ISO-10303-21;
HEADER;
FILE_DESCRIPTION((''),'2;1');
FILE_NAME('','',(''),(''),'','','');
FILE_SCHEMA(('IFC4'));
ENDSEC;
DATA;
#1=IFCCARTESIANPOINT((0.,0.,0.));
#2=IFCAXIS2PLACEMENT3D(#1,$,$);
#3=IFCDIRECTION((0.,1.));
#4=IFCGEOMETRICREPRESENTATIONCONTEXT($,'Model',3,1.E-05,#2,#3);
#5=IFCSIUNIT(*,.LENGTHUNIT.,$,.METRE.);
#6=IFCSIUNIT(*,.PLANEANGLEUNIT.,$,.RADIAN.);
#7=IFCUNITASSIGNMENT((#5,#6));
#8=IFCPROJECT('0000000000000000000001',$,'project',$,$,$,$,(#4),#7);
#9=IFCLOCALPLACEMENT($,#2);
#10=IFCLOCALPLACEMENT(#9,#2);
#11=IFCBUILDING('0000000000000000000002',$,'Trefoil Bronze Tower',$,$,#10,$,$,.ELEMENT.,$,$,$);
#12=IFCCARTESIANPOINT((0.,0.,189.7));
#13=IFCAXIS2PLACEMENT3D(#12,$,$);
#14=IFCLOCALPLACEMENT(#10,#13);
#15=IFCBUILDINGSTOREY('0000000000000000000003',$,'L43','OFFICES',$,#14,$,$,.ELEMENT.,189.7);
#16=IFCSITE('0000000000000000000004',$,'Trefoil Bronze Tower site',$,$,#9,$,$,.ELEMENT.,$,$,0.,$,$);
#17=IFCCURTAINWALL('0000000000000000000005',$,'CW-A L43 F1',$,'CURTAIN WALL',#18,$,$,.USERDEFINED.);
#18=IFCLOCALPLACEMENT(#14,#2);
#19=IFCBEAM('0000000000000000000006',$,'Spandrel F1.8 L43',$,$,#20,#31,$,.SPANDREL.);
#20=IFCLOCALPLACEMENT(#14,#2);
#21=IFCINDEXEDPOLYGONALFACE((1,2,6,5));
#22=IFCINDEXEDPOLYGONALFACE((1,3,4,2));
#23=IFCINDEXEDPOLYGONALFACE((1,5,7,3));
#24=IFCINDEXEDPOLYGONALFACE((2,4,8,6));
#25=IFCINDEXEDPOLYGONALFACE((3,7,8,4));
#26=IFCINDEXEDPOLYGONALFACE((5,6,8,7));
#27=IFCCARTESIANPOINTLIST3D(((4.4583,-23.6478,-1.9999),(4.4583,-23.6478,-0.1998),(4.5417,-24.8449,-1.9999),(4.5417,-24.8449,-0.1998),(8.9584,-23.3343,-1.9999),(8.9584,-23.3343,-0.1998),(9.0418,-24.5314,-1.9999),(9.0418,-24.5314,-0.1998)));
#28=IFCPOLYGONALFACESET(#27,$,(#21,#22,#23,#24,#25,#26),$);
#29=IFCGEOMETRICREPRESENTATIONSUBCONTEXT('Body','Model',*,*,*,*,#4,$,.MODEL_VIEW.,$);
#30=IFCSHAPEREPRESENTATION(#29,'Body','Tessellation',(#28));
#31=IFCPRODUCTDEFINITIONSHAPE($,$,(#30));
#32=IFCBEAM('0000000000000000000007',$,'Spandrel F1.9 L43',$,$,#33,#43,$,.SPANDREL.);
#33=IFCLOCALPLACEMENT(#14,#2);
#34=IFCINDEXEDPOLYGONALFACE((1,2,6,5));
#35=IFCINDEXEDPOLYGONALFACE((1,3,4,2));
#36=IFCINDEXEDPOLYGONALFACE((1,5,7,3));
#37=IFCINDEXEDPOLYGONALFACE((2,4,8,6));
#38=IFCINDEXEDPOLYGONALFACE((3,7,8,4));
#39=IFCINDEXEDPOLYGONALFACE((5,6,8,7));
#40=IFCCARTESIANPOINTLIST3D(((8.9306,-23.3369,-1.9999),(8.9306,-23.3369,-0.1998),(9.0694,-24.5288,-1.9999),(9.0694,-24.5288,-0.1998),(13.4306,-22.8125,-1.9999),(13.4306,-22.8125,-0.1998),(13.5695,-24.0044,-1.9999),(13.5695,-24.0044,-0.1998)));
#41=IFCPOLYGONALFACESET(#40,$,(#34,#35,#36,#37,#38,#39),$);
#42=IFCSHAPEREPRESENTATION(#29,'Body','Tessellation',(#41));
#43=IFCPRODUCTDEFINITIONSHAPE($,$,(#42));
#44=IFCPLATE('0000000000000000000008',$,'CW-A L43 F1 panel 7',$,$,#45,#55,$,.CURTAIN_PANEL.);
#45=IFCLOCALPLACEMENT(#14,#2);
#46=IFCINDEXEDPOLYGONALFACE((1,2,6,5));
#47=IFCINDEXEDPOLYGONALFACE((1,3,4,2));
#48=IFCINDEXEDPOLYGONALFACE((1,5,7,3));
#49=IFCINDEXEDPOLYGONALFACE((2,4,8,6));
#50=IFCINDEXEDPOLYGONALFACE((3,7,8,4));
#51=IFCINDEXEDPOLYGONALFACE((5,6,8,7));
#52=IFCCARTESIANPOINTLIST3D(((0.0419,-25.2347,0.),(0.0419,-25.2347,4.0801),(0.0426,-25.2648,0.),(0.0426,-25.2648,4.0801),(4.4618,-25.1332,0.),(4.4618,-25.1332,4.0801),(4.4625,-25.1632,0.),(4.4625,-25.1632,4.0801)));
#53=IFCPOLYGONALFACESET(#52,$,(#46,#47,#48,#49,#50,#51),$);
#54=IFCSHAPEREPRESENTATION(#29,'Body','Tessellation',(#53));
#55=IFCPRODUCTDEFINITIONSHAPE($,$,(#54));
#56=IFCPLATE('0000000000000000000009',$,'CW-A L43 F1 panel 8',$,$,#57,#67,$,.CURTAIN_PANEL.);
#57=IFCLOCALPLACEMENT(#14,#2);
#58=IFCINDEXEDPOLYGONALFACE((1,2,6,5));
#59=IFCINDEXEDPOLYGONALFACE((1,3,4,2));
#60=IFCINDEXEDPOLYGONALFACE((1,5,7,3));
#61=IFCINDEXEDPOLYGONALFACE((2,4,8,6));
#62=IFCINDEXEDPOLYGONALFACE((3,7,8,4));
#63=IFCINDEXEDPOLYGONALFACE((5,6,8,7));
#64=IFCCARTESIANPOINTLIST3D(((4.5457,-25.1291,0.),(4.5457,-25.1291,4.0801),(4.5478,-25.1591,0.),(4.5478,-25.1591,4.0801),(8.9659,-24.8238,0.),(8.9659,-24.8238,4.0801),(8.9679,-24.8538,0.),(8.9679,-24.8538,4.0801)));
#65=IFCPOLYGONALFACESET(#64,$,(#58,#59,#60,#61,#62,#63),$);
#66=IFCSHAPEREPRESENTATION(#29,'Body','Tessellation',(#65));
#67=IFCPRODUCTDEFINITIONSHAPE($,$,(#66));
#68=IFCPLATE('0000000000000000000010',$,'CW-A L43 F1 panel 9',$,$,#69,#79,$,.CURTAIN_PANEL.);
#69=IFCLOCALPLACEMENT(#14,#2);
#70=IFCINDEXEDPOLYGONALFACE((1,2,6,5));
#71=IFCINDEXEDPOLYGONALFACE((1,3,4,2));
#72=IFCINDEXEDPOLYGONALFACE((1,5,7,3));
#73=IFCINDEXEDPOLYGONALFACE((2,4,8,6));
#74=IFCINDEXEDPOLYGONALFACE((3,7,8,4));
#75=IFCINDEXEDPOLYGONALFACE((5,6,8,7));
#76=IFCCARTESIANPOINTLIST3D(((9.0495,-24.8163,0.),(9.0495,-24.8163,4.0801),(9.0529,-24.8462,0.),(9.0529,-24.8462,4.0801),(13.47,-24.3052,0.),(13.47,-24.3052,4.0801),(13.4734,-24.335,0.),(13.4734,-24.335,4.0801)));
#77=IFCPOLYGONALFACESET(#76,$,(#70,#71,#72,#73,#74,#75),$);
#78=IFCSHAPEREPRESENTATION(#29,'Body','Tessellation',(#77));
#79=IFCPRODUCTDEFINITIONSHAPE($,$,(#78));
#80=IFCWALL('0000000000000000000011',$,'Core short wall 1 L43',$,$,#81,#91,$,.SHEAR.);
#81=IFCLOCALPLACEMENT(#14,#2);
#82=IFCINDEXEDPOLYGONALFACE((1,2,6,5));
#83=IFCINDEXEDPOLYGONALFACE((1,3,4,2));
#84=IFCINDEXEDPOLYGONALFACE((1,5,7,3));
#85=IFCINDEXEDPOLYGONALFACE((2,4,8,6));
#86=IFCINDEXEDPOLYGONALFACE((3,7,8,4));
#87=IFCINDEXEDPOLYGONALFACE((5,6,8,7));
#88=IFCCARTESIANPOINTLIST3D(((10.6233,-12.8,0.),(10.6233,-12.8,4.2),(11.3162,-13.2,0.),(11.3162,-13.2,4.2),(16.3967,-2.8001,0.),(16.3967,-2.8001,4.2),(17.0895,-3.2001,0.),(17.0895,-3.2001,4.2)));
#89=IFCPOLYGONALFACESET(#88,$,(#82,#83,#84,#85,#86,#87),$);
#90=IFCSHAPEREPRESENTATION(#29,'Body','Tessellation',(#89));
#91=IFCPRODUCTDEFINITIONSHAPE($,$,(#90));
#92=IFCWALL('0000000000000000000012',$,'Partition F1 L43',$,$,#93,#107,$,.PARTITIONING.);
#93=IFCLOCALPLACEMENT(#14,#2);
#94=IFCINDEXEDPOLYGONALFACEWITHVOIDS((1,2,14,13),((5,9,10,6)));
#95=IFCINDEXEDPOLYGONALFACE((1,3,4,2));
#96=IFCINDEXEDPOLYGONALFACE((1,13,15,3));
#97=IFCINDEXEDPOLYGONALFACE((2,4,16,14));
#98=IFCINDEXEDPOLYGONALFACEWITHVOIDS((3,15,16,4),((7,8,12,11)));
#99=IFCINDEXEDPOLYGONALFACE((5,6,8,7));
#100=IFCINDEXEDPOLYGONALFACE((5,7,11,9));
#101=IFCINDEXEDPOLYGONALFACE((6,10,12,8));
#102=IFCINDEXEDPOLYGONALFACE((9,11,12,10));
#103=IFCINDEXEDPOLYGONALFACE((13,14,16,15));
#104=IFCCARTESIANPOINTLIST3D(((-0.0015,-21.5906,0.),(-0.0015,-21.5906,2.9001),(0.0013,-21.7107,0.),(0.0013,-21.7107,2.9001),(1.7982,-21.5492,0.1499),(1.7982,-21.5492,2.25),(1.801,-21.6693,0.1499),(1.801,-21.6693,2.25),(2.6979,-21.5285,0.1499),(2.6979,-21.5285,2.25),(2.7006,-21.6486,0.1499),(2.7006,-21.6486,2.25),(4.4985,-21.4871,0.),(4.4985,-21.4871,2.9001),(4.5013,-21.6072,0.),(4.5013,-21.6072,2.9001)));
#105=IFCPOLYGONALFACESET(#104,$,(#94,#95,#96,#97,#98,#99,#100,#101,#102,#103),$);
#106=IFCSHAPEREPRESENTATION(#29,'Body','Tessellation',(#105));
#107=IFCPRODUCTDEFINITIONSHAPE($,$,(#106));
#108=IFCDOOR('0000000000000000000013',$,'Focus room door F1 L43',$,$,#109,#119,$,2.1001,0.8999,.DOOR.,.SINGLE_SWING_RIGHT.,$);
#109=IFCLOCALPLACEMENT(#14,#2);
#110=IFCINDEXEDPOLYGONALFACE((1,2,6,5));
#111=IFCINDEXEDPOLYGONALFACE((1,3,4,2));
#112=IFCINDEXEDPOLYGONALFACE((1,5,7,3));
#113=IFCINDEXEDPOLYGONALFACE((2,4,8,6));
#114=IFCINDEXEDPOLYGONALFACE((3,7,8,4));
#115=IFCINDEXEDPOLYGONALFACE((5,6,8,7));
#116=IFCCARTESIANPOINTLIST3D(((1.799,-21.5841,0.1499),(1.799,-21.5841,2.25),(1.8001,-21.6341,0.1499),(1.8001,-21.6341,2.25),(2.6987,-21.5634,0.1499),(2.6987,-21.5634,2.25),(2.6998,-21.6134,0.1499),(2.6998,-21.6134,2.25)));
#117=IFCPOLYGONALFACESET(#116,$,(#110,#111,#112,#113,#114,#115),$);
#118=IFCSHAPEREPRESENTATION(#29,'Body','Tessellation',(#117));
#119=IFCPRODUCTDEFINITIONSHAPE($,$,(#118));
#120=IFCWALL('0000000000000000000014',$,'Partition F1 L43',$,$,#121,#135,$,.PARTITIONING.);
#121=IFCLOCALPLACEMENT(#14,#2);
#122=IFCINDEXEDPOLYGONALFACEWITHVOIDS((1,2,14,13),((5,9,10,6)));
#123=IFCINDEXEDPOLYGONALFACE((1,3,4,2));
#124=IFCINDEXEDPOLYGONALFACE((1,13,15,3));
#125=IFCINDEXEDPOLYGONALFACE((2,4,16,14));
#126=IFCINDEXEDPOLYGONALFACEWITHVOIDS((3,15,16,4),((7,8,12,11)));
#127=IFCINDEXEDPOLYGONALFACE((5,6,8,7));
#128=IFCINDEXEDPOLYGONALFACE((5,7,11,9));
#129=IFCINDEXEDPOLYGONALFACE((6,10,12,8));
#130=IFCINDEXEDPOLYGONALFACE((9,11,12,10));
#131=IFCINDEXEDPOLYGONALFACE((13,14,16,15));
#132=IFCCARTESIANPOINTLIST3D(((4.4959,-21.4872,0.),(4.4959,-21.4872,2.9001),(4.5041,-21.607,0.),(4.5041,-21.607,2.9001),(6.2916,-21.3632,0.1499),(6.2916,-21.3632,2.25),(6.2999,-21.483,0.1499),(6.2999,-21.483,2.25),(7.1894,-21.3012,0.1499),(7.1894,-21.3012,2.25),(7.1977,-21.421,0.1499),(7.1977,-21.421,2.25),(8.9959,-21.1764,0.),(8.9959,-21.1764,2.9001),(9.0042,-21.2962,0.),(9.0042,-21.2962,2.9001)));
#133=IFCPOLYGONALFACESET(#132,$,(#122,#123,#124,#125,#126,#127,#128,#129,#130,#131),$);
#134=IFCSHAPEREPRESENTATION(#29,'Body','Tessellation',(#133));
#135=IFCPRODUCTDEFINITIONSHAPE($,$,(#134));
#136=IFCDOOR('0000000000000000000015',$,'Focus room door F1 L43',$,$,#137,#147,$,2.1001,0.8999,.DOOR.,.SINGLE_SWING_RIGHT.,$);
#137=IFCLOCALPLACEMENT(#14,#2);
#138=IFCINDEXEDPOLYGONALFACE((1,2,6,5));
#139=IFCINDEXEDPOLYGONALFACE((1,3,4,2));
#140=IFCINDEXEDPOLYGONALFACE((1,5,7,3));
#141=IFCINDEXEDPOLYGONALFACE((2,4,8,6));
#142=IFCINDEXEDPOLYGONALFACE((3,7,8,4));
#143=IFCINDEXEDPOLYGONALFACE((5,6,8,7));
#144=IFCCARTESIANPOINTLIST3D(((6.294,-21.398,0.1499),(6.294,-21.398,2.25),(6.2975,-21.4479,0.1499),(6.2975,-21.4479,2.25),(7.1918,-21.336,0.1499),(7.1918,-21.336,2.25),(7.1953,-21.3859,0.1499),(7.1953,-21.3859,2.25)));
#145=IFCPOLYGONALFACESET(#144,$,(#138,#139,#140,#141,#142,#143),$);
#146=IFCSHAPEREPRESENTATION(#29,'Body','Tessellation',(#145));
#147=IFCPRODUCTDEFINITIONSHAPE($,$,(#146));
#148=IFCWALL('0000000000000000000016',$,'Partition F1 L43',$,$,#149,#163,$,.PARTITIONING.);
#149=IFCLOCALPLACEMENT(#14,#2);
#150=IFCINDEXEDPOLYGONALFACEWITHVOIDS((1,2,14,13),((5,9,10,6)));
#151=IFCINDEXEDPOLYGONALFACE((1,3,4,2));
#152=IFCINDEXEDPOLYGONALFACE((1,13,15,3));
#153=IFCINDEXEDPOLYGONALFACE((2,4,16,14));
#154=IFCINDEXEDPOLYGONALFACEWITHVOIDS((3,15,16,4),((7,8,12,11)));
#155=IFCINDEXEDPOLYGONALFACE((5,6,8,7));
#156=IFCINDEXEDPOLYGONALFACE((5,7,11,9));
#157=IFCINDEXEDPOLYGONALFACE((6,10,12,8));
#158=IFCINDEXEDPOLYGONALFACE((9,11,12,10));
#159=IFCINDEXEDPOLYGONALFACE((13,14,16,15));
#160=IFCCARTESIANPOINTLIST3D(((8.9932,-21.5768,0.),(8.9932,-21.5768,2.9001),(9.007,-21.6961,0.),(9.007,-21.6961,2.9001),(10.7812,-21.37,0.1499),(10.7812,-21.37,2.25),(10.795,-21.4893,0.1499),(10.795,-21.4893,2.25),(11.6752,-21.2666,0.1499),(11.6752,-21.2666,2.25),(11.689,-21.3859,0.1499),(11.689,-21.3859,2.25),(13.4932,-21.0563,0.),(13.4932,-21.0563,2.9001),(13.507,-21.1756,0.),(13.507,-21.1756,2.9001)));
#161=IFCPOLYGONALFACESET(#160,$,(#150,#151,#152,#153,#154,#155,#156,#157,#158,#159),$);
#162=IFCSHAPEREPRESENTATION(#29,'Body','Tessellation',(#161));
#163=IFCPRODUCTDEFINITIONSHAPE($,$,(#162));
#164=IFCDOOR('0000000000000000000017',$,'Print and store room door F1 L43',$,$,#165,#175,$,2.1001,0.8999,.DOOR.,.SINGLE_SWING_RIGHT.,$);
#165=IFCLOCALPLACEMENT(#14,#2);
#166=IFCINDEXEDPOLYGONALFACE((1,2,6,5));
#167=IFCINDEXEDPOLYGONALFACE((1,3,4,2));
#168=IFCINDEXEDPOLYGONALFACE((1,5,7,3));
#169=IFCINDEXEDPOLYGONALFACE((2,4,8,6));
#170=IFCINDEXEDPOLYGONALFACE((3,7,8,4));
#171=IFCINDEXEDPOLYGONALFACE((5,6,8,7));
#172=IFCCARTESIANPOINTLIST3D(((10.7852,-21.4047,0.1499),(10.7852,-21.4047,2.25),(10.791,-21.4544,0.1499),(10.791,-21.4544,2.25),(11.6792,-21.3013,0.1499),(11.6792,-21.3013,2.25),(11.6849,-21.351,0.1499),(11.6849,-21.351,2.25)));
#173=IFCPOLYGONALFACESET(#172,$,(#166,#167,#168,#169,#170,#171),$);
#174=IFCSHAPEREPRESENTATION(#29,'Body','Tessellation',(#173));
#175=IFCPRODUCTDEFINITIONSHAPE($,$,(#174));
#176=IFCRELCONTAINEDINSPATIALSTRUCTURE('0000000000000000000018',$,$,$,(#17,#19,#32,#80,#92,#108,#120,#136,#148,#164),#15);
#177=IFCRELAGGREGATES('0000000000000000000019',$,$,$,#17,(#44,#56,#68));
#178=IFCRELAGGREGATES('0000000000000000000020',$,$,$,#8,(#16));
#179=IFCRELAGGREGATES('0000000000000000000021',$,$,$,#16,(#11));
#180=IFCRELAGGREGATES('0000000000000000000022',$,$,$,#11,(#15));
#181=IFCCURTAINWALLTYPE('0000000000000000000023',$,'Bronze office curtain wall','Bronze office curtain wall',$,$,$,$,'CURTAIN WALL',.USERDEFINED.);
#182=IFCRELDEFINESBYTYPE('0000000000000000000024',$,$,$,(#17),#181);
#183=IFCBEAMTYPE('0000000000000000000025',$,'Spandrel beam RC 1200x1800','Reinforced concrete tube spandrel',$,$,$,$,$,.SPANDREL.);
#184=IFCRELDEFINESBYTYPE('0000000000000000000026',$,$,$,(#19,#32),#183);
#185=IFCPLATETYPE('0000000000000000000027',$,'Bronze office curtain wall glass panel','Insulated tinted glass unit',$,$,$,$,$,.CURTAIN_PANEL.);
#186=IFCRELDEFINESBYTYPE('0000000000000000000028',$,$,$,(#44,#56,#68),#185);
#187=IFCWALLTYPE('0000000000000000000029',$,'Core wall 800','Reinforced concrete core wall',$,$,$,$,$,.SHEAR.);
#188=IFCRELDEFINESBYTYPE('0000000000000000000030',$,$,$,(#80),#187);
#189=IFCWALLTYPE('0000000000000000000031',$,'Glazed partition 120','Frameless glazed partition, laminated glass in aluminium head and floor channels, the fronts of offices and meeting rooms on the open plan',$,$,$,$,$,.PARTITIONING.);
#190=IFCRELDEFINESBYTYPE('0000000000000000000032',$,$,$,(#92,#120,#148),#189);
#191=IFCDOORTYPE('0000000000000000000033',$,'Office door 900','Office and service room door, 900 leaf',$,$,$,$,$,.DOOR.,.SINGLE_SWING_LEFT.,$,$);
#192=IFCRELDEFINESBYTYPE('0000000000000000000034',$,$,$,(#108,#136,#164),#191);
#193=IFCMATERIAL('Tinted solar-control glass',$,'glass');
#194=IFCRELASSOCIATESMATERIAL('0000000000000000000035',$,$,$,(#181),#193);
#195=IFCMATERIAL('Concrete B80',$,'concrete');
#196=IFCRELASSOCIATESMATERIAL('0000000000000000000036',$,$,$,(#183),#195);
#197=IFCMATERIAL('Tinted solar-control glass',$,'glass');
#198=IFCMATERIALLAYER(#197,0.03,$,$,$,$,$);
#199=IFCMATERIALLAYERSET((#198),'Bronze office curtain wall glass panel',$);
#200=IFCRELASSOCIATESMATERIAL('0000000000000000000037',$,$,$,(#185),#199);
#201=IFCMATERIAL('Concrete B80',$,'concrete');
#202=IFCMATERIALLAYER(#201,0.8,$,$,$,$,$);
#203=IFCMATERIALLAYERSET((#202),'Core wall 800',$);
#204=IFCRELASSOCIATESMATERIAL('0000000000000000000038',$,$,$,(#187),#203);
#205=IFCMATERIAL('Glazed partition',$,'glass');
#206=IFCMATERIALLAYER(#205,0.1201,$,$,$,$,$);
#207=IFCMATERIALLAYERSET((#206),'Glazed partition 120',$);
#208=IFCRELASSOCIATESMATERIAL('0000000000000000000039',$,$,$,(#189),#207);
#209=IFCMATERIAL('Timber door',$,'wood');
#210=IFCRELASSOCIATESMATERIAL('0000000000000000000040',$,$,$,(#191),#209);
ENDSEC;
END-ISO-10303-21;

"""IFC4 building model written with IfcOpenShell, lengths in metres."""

from ifc_helpers import new_model, si_unit, direction, frame, frame_2d, origin, origin_2d, place, context, subcontext, project, spatial, rectangle, extrude, material, layer, layer_set, material_profile, profile_set, type_object, element, fill, aggregate, save


model = new_model("IFC4")

# Units and contexts
model_context = context("Model", 3, precision=1e-05, world=origin(), true_north=direction((0.0, 1.0)))
body_context = subcontext(model_context, "Body", "Model", "MODEL_VIEW")
ifc_project = project(units=[si_unit("LENGTHUNIT", "METRE"), si_unit("PLANEANGLEUNIT", "RADIAN")], contexts=[model_context])

# Site, building, storey
site_placement = place(None, origin())
site = spatial("IfcSite", under=ifc_project, at=site_placement, Name="Trefoil Bronze Tower site", CompositionType="ELEMENT", RefElevation=0.0)
building_placement = place(site_placement, origin())
building = spatial("IfcBuilding", under=site, at=building_placement, Name="Trefoil Bronze Tower", CompositionType="ELEMENT")
storey_placement = place(building_placement, frame((0.0, 0.0, 189.7)))
storey = spatial("IfcBuildingStorey", under=building, at=storey_placement, Name="L43", Description="OFFICES", CompositionType="ELEMENT", Elevation=189.7)

# Curtain wall
ifc_material_1 = material(Name="Tinted solar-control glass", Category="glass")
curtain_wall_type = type_object("IfcCurtainWallType", Name="Bronze office curtain wall", Description="Bronze office curtain wall", ElementType="CURTAIN WALL", PredefinedType="USERDEFINED", material=ifc_material_1)
curtain_wall_placement = place(storey_placement, origin())
curtain_wall = element("IfcCurtainWall", 1, at=curtain_wall_placement, inside=storey, type_object=curtain_wall_type, Name="CW-A L43 F1", ObjectType="CURTAIN WALL", PredefinedType="USERDEFINED")

# Beams
ifc_material_2 = material(Name="Concrete B80", Category="concrete")
ifc_material_profile_1 = material_profile(ifc_material_2, rectangle(XDim=1.2, YDim=1.8, at=origin_2d()), Name="RC 1200x1800")
ifc_profile_set_1 = profile_set([ifc_material_profile_1], Name="Concrete B80")
beam_type_1 = type_object("IfcBeamType", Name="Spandrel beam RC 1200x1800", Description="Reinforced concrete tube spandrel", PredefinedType="SPANDREL", material=ifc_profile_set_1)
beam_1_placement = place(storey_placement, frame((4.5, -24.2463, -1.0999), z_axis=(0.997582, 0.069493, 0.0), x_axis=(-0.069493, 0.997582, 0.0)))
element("IfcBeam", 2, at=beam_1_placement, inside=storey, type_object=beam_type_1, Name="Spandrel F1.8 L43", PredefinedType="SPANDREL", context=body_context, shape_type="SweptSolid", body=[
    extrude(rectangle(XDim=1.2, YDim=1.8, at=origin_2d()), origin(), (0.0, 0.0, 1.0), 4.511),
])
beam_2_placement = place(storey_placement, frame((9.0, -23.9329, -1.0999), z_axis=(0.993278, 0.115753, 0.0), x_axis=(-0.115753, 0.993278, 0.0)))
element("IfcBeam", 3, at=beam_2_placement, inside=storey, type_object=beam_type_1, Name="Spandrel F1.9 L43", PredefinedType="SPANDREL", context=body_context, shape_type="SweptSolid", body=[
    extrude(rectangle(XDim=1.2, YDim=1.8, at=origin_2d()), origin(), (0.0, 0.0, 1.0), 4.5305),
])

# Plates
ifc_material_3 = material(Name="Tinted solar-control glass", Category="glass")
ifc_layer_1 = layer(ifc_material_3, 0.03)
ifc_layer_set_1 = layer_set([ifc_layer_1], Name="Bronze office curtain wall glass panel")
plate_type = type_object("IfcPlateType", Name="Bronze office curtain wall glass panel", Description="Insulated tinted glass unit", PredefinedType="CURTAIN_PANEL", material=ifc_layer_set_1)
plate_1_placement = place(storey_placement, frame((2.2522, -25.199, 0.0), z_axis=(0.0, 0.0, 1.0), x_axis=(0.999736, 0.022972, 0.0)))
plate_1 = element("IfcPlate", 4, at=plate_1_placement, type_object=plate_type, Name="CW-A L43 F1 panel 7", PredefinedType="CURTAIN_PANEL", context=body_context, shape_type="SweptSolid", body=[
    extrude(rectangle(XDim=4.4211, YDim=0.03, at=origin_2d()), origin(), (0.0, 0.0, 1.0), 4.0801),
])
plate_2_placement = place(storey_placement, frame((6.7568, -24.9915, 0.0), z_axis=(0.0, 0.0, 1.0), x_axis=(0.997623, 0.068915, 0.0)))
plate_2 = element("IfcPlate", 5, at=plate_2_placement, type_object=plate_type, Name="CW-A L43 F1 panel 8", PredefinedType="CURTAIN_PANEL", context=body_context, shape_type="SweptSolid", body=[
    extrude(rectangle(XDim=4.4307, YDim=0.03, at=origin_2d()), origin(), (0.0, 0.0, 1.0), 4.0801),
])
plate_3_placement = place(storey_placement, frame((11.2615, -24.5757, 0.0), z_axis=(0.0, 0.0, 1.0), x_axis=(0.993382, 0.114859, 0.0)))
plate_3 = element("IfcPlate", 6, at=plate_3_placement, type_object=plate_type, Name="CW-A L43 F1 panel 9", PredefinedType="CURTAIN_PANEL", context=body_context, shape_type="SweptSolid", body=[
    extrude(rectangle(XDim=4.45, YDim=0.03, at=origin_2d()), origin(), (0.0, 0.0, 1.0), 4.0801),
])
aggregate(curtain_wall, [plate_1, plate_2, plate_3])

# Wall
ifc_material_4 = material(Name="Concrete B80", Category="concrete")
ifc_layer_2 = layer(ifc_material_4, 0.8)
ifc_layer_set_2 = layer_set([ifc_layer_2], Name="Core wall 800")
wall_type_1 = type_object("IfcWallType", Name="Core wall 800", Description="Reinforced concrete core wall", PredefinedType="SHEAR", material=ifc_layer_set_2)
wall_1_placement = place(storey_placement, frame((10.9697, -13.0, 0.0), z_axis=(0.0, 0.0, 1.0), x_axis=(0.499996, 0.866028, 0.0)))
element("IfcWall", 7, at=wall_1_placement, inside=storey, type_object=wall_type_1, Name="Core short wall 1 L43", PredefinedType="SHEAR", context=body_context, shape_type="SweptSolid", body=[
    extrude(rectangle(XDim=11.5469, YDim=0.8, at=frame_2d((5.7734, 0.0))), origin(), (0.0, 0.0, 1.0), 4.2),
])

# Walls, openings, doors
ifc_material_5 = material(Name="Glazed partition", Category="glass")
ifc_layer_3 = layer(ifc_material_5, 0.1201)
ifc_layer_set_3 = layer_set([ifc_layer_3], Name="Glazed partition 120")
wall_type_2 = type_object("IfcWallType", Name="Glazed partition 120", Description="Frameless glazed partition, laminated glass in aluminium head and floor channels, the fronts of offices and meeting rooms on the open plan", PredefinedType="PARTITIONING", material=ifc_layer_set_3)
wall_2_placement = place(storey_placement, frame((0.0, -21.6506, 0.0), z_axis=(0.0, 0.0, 1.0), x_axis=(0.999736, 0.022997, 0.0)))
wall_2 = element("IfcWall", 8, at=wall_2_placement, inside=storey, type_object=wall_type_2, Name="Partition F1 L43", PredefinedType="PARTITIONING", context=body_context, shape_type="SweptSolid", body=[
    extrude(rectangle(XDim=4.5012, YDim=0.1201, at=frame_2d((2.2505, 0.0))), origin(), (0.0, 0.0, 1.0), 2.9001),
])
opening_1_placement = place(wall_2_placement, frame((1.8, 0.0, 0.1499)))
opening_1 = element("IfcOpeningElement", 9, at=opening_1_placement, cuts=wall_2, PredefinedType="OPENING", context=body_context, shape_type="SweptSolid", body=[
    extrude(rectangle(XDim=0.8999, YDim=2.1001, at=frame_2d((0.45, 1.05))), frame((0.0, 0.0701, 0.0), z_axis=(0.0, -1.0, 0.0), x_axis=(1.0, 0.0, 0.0)), (0.0, 0.0, 1.0), 0.1401),
])
ifc_material_6 = material(Name="Timber door", Category="wood")
door_type = type_object("IfcDoorType", Name="Office door 900", Description="Office and service room door, 900 leaf", OperationType="SINGLE_SWING_LEFT", PredefinedType="DOOR", material=ifc_material_6)
door_1_placement = place(opening_1_placement, frame((0.8999, 0.0, 0.0), z_axis=(0.0, 0.0, 1.0), x_axis=(-1.0, 0.0, 0.0)))
door_1 = element("IfcDoor", 10, at=door_1_placement, inside=storey, type_object=door_type, Name="Focus room door F1 L43", OperationType="SINGLE_SWING_RIGHT", OverallHeight=2.1001, OverallWidth=0.8999, PredefinedType="DOOR", context=body_context, shape_type="SweptSolid", body=[
    extrude(rectangle(XDim=0.8999, YDim=2.1001, at=frame_2d((0.45, 1.05))), frame((0.0, 0.0249, 0.0), z_axis=(0.0, -1.0, 0.0), x_axis=(1.0, 0.0, 0.0)), (0.0, 0.0, 1.0), 0.05),
])
fill(opening_1, door_1)
wall_3_placement = place(storey_placement, frame((4.5, -21.5471, 0.0), z_axis=(0.0, 0.0, 1.0), x_axis=(0.997624, 0.068901, 0.0)))
wall_3 = element("IfcWall", 11, at=wall_3_placement, inside=storey, type_object=wall_type_2, Name="Partition F1 L43", PredefinedType="PARTITIONING", context=body_context, shape_type="SweptSolid", body=[
    extrude(rectangle(XDim=4.5107, YDim=0.1201, at=frame_2d((2.2554, 0.0))), origin(), (0.0, 0.0, 1.0), 2.9001),
])
opening_2_placement = place(wall_3_placement, frame((1.8, 0.0, 0.1499)))
opening_2 = element("IfcOpeningElement", 12, at=opening_2_placement, cuts=wall_3, PredefinedType="OPENING", context=body_context, shape_type="SweptSolid", body=[
    extrude(rectangle(XDim=0.8999, YDim=2.1001, at=frame_2d((0.45, 1.05))), frame((0.0, 0.0701, 0.0), z_axis=(0.0, -1.0, 0.0), x_axis=(1.0, 0.0, 0.0)), (0.0, 0.0, 1.0), 0.1401),
])
door_2_placement = place(opening_2_placement, frame((0.8999, 0.0, 0.0), z_axis=(0.0, 0.0, 1.0), x_axis=(-1.0, 0.0, 0.0)))
door_2 = element("IfcDoor", 13, at=door_2_placement, inside=storey, type_object=door_type, Name="Focus room door F1 L43", OperationType="SINGLE_SWING_RIGHT", OverallHeight=2.1001, OverallWidth=0.8999, PredefinedType="DOOR", context=body_context, shape_type="SweptSolid", body=[
    extrude(rectangle(XDim=0.8999, YDim=2.1001, at=frame_2d((0.45, 1.05))), frame((0.0, 0.0249, 0.0), z_axis=(0.0, -1.0, 0.0), x_axis=(1.0, 0.0, 0.0)), (0.0, 0.0, 1.0), 0.05),
])
fill(opening_2, door_2)
wall_4_placement = place(storey_placement, frame((9.0, -21.6365, 0.0), z_axis=(0.0, 0.0, 1.0), x_axis=(0.993377, 0.114902, 0.0)))
wall_4 = element("IfcWall", 14, at=wall_4_placement, inside=storey, type_object=wall_type_2, Name="Partition F1 L43", PredefinedType="PARTITIONING", context=body_context, shape_type="SweptSolid", body=[
    extrude(rectangle(XDim=4.53, YDim=0.1201, at=frame_2d((2.2651, 0.0))), origin(), (0.0, 0.0, 1.0), 2.9001),
])
opening_3_placement = place(wall_4_placement, frame((1.8, 0.0, 0.1499)))
opening_3 = element("IfcOpeningElement", 15, at=opening_3_placement, cuts=wall_4, PredefinedType="OPENING", context=body_context, shape_type="SweptSolid", body=[
    extrude(rectangle(XDim=0.8999, YDim=2.1001, at=frame_2d((0.45, 1.05))), frame((0.0, 0.0701, 0.0), z_axis=(0.0, -1.0, 0.0), x_axis=(1.0, 0.0, 0.0)), (0.0, 0.0, 1.0), 0.1401),
])
door_3_placement = place(opening_3_placement, frame((0.8999, 0.0, 0.0), z_axis=(0.0, 0.0, 1.0), x_axis=(-1.0, 0.0, 0.0)))
door_3 = element("IfcDoor", 16, at=door_3_placement, inside=storey, type_object=door_type, Name="Print and store room door F1 L43", OperationType="SINGLE_SWING_RIGHT", OverallHeight=2.1001, OverallWidth=0.8999, PredefinedType="DOOR", context=body_context, shape_type="SweptSolid", body=[
    extrude(rectangle(XDim=0.8999, YDim=2.1001, at=frame_2d((0.45, 1.05))), frame((0.0, 0.0249, 0.0), z_axis=(0.0, -1.0, 0.0), x_axis=(1.0, 0.0, 0.0)), (0.0, 0.0, 1.0), 0.05),
])
fill(opening_3, door_3)

save(model, "model.ifc")
